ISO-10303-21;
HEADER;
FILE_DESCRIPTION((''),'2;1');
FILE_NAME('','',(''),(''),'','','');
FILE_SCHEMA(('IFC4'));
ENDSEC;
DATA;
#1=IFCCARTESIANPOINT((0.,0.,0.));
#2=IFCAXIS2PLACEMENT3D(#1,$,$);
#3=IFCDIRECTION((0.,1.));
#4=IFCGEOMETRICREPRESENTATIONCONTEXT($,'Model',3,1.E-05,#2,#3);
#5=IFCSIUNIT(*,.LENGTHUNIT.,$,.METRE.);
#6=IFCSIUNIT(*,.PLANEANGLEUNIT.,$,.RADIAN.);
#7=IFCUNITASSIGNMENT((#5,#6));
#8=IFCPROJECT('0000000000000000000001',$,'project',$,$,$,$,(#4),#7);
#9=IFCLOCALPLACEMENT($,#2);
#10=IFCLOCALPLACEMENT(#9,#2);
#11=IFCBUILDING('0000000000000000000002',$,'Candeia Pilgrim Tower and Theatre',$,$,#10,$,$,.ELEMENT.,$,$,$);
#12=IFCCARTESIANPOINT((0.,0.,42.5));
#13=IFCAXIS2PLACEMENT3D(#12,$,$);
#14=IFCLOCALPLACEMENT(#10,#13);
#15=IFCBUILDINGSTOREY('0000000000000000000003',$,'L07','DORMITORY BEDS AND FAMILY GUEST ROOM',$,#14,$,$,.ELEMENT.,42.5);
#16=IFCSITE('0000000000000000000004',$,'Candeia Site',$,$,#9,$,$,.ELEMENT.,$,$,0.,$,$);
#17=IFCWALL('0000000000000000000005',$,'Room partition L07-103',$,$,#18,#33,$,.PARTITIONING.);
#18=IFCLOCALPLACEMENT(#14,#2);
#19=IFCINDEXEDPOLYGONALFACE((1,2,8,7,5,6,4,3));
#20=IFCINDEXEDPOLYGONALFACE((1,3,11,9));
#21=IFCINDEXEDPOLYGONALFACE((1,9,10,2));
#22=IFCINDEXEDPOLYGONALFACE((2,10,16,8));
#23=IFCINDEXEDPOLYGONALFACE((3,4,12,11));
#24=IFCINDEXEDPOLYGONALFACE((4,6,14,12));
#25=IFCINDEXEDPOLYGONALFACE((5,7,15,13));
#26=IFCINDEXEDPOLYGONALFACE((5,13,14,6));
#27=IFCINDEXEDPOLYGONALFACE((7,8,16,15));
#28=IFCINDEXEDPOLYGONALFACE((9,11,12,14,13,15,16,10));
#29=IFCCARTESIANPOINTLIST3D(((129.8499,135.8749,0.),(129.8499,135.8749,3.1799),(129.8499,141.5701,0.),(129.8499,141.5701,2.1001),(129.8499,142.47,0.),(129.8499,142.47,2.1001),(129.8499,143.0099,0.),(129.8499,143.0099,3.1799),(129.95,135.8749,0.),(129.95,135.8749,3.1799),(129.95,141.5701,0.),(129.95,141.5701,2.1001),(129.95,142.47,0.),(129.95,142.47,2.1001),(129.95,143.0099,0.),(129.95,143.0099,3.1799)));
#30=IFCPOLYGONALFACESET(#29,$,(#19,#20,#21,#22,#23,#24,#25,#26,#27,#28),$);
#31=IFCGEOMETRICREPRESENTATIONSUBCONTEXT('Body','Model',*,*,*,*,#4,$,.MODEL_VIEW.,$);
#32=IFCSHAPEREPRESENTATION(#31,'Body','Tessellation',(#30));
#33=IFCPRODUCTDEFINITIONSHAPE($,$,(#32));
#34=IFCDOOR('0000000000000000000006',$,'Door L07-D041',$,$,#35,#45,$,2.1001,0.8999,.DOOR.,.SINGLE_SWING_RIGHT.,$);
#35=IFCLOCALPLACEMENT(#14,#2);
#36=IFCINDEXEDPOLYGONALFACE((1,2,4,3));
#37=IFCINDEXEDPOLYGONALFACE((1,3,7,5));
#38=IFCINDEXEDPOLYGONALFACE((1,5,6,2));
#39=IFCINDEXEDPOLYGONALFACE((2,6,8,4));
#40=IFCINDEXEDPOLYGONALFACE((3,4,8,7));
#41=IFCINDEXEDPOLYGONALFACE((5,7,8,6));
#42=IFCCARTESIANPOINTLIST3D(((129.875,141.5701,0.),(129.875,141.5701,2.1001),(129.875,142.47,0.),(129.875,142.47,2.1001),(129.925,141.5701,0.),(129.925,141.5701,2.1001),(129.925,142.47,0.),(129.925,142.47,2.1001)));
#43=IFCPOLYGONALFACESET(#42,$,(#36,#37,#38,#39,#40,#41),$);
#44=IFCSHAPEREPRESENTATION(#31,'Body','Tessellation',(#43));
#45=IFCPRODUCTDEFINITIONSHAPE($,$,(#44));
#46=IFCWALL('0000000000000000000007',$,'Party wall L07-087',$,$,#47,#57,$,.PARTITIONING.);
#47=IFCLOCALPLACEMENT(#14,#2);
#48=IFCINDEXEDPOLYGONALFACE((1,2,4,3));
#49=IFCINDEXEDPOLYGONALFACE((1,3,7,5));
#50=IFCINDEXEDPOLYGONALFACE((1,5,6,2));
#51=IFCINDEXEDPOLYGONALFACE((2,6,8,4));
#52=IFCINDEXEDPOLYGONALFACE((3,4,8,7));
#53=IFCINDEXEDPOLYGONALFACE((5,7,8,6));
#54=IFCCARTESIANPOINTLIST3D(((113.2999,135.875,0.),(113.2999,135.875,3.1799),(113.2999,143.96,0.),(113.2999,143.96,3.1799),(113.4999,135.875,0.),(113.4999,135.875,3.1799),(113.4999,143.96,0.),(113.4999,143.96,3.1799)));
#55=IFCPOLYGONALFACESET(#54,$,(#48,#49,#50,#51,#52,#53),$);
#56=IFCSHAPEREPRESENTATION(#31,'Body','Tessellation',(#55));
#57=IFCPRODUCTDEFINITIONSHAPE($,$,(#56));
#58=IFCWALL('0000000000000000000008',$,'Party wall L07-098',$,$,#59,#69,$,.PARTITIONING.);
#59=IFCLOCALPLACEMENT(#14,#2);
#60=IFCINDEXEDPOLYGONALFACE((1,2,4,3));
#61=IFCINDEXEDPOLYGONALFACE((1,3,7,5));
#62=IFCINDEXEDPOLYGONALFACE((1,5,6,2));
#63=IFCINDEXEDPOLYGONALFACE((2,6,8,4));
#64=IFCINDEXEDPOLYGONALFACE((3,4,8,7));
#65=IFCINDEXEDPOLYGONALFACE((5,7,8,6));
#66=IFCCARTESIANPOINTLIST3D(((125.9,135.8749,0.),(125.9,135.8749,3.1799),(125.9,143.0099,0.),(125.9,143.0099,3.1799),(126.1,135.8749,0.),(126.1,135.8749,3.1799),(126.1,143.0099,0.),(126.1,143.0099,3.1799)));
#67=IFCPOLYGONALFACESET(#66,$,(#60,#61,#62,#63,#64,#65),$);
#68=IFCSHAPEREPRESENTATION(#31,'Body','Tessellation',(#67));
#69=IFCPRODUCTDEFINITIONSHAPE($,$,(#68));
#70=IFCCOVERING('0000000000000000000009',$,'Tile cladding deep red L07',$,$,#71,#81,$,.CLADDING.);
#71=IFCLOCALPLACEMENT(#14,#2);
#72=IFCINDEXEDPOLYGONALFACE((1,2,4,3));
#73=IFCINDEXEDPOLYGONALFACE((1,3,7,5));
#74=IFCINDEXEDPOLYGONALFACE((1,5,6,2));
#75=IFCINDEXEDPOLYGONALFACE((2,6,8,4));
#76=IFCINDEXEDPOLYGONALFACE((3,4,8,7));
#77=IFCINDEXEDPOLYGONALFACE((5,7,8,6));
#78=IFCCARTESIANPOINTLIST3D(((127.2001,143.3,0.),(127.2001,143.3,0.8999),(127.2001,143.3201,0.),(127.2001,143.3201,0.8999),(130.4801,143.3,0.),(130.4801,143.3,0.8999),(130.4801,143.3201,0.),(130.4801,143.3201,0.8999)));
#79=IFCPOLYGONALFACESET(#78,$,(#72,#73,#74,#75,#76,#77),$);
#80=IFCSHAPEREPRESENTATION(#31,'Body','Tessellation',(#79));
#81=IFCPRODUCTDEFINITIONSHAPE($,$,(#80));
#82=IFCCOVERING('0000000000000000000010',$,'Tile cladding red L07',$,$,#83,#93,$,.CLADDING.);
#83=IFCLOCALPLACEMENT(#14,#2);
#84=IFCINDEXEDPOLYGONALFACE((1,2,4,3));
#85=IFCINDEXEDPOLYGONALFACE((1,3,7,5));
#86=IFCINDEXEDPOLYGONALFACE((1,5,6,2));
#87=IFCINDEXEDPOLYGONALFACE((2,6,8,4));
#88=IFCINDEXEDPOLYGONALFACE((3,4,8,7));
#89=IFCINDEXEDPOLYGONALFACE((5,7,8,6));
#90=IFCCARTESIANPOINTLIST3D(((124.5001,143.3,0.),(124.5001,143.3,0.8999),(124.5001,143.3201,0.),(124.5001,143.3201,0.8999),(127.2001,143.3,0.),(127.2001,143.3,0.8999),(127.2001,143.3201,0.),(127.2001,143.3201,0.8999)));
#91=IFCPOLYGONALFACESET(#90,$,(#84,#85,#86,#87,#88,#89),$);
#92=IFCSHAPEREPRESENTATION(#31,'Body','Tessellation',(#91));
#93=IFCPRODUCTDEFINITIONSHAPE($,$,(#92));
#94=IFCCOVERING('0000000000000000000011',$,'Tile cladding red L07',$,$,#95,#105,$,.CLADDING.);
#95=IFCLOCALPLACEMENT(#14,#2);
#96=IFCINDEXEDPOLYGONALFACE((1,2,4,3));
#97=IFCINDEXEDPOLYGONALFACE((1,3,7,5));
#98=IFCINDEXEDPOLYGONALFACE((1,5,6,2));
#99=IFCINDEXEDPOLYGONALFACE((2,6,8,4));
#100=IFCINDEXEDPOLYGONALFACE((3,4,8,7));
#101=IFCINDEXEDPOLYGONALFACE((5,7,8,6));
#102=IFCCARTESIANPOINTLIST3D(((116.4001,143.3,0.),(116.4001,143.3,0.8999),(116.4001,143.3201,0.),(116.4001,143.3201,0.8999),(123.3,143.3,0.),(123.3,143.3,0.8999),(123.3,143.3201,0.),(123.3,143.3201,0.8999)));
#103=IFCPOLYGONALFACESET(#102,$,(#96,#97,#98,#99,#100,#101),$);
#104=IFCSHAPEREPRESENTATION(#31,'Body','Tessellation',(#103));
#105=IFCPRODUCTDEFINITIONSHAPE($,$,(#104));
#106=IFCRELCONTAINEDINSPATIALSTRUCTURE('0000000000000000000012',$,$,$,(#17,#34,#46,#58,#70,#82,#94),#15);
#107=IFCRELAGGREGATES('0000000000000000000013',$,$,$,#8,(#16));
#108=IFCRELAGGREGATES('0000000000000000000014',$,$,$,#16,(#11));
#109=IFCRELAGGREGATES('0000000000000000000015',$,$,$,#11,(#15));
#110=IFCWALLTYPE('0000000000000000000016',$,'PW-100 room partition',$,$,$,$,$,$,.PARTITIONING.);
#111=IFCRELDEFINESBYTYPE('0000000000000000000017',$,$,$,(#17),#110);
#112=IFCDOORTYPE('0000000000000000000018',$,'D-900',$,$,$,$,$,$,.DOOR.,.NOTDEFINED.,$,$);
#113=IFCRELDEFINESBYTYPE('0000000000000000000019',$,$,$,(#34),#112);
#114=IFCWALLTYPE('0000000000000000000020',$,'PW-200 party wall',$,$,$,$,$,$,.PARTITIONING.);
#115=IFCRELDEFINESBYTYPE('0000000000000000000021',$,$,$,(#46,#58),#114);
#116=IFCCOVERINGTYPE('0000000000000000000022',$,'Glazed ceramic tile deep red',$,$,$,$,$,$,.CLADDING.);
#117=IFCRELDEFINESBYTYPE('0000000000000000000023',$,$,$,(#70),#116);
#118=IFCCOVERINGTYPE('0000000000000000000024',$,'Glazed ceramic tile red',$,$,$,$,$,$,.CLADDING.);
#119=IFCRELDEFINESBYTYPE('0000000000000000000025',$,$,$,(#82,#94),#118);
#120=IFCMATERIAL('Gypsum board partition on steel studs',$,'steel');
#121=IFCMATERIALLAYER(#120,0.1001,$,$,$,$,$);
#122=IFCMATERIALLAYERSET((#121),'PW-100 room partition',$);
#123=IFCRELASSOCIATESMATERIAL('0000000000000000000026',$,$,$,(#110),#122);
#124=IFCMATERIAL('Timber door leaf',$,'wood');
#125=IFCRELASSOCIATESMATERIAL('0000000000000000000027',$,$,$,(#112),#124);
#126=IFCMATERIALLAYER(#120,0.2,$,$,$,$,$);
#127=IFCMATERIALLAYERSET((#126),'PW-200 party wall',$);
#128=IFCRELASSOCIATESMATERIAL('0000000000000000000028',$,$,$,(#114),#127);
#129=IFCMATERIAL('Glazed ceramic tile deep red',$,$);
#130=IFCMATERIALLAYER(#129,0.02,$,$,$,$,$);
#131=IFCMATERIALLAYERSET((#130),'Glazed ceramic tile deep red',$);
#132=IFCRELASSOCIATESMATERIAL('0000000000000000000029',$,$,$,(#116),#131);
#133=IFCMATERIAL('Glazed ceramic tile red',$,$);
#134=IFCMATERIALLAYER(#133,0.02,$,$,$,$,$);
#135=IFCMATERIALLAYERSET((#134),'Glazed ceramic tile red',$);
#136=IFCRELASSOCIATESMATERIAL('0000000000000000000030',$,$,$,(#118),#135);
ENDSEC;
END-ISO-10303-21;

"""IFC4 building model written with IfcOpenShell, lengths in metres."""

from ifc_helpers import new_model, si_unit, direction, frame, frame_2d, origin, origin_2d, place, context, subcontext, project, spatial, rectangle, extrude, material, layer, layer_set, type_object, element, fill, save


model = new_model("IFC4")

# Units and contexts
model_context = context("Model", 3, precision=1e-05, world=origin(), true_north=direction((0.0, 1.0)))
body_context = subcontext(model_context, "Body", "Model", "MODEL_VIEW")
ifc_project = project(units=[si_unit("LENGTHUNIT", "METRE"), si_unit("PLANEANGLEUNIT", "RADIAN")], contexts=[model_context])

# Site, building, storey
site_placement = place(None, origin())
site = spatial("IfcSite", under=ifc_project, at=site_placement, Name="Candeia Site", CompositionType="ELEMENT", RefElevation=0.0)
building_placement = place(site_placement, origin())
building = spatial("IfcBuilding", under=site, at=building_placement, Name="Candeia Pilgrim Tower and Theatre", CompositionType="ELEMENT")
storey_placement = place(building_placement, frame((0.0, 0.0, 42.5)))
storey = spatial("IfcBuildingStorey", under=building, at=storey_placement, Name="L07", Description="DORMITORY BEDS AND FAMILY GUEST ROOM", CompositionType="ELEMENT", Elevation=42.5)

# Shared definitions
ifc_material_1 = material(Name="Gypsum board partition on steel studs", Category="steel")
ifc_layer_1 = layer(ifc_material_1, 0.1001)
ifc_layer_set_1 = layer_set([ifc_layer_1], Name="PW-100 room partition")
wall_type_1 = type_object("IfcWallType", Name="PW-100 room partition", PredefinedType="PARTITIONING", material=ifc_layer_set_1)

# Wall, opening, door
ifc_material_2 = material(Name="Timber door leaf", Category="wood")
door_type_1 = type_object("IfcDoorType", Name="D-900", OperationType="NOTDEFINED", PredefinedType="DOOR", material=ifc_material_2)
wall_1_placement = place(storey_placement, frame((129.8999, 135.875, 0.0), z_axis=(0.0, 0.0, 1.0), x_axis=(0.0, 1.0, 0.0)))
wall_1 = element("IfcWall", 1, at=wall_1_placement, inside=storey, type_object=wall_type_1, Name="Room partition L07-103", PredefinedType="PARTITIONING", context=body_context, shape_type="SweptSolid", body=[
    extrude(rectangle(XDim=7.135, YDim=0.1001, at=frame_2d((3.5674, 0.0))), origin(), (0.0, 0.0, 1.0), 3.1799),
])
opening_1_placement = place(wall_1_placement, frame((5.6951, 0.0, 0.0)))
opening_1 = element("IfcOpeningElement", 2, at=opening_1_placement, cuts=wall_1, PredefinedType="OPENING", context=body_context, shape_type="SweptSolid", body=[
    extrude(rectangle(XDim=0.8999, YDim=2.1001, at=frame_2d((0.45, 1.05))), frame((0.0, 0.0601, 0.0), z_axis=(0.0, -1.0, 0.0), x_axis=(1.0, 0.0, 0.0)), (0.0, 0.0, 1.0), 0.1201),
])
door_1_placement = place(opening_1_placement, origin())
door_1 = element("IfcDoor", 3, at=door_1_placement, inside=storey, type_object=door_type_1, Name="Door L07-D041", OperationType="SINGLE_SWING_RIGHT", OverallHeight=2.1001, OverallWidth=0.8999, PredefinedType="DOOR", context=body_context, shape_type="SweptSolid", body=[
    extrude(rectangle(XDim=0.8999, YDim=2.1001, at=frame_2d((0.45, 1.05))), frame((0.0, 0.0249, 0.0), z_axis=(0.0, -1.0, 0.0), x_axis=(1.0, 0.0, 0.0)), (0.0, 0.0, 1.0), 0.05),
])
fill(opening_1, door_1)

# Walls
ifc_layer_2 = layer(ifc_material_1, 0.2)
ifc_layer_set_2 = layer_set([ifc_layer_2], Name="PW-200 party wall")
wall_type_2 = type_object("IfcWallType", Name="PW-200 party wall", PredefinedType="PARTITIONING", material=ifc_layer_set_2)
wall_2_placement = place(storey_placement, frame((113.3999, 135.875, 0.0), z_axis=(0.0, 0.0, 1.0), x_axis=(0.0, 1.0, 0.0)))
element("IfcWall", 4, at=wall_2_placement, inside=storey, type_object=wall_type_2, Name="Party wall L07-087", PredefinedType="PARTITIONING", context=body_context, shape_type="SweptSolid", body=[
    extrude(rectangle(XDim=8.085, YDim=0.2, at=frame_2d((4.0425, 0.0))), origin(), (0.0, 0.0, 1.0), 3.1799),
])
wall_3_placement = place(storey_placement, frame((126.0, 135.875, 0.0), z_axis=(0.0, 0.0, 1.0), x_axis=(0.0, 1.0, 0.0)))
element("IfcWall", 5, at=wall_3_placement, inside=storey, type_object=wall_type_2, Name="Party wall L07-098", PredefinedType="PARTITIONING", context=body_context, shape_type="SweptSolid", body=[
    extrude(rectangle(XDim=7.135, YDim=0.2, at=frame_2d((3.5674, 0.0))), origin(), (0.0, 0.0, 1.0), 3.1799),
])

# Coverings
ifc_material_3 = material(Name="Glazed ceramic tile deep red")
ifc_layer_3 = layer(ifc_material_3, 0.02)
ifc_layer_set_3 = layer_set([ifc_layer_3], Name="Glazed ceramic tile deep red")
covering_type_1 = type_object("IfcCoveringType", Name="Glazed ceramic tile deep red", PredefinedType="CLADDING", material=ifc_layer_set_3)
covering_1_placement = place(storey_placement, frame((128.8401, 143.3101, 0.0), z_axis=(0.0, 0.0, 1.0), x_axis=(-1.0, 0.0, 0.0)))
element("IfcCovering", 6, at=covering_1_placement, inside=storey, type_object=covering_type_1, Name="Tile cladding deep red L07", PredefinedType="CLADDING", context=body_context, shape_type="SweptSolid", body=[
    extrude(rectangle(XDim=3.28, YDim=0.02, at=origin_2d()), origin(), (0.0, 0.0, 1.0), 0.8999),
])
ifc_material_4 = material(Name="Glazed ceramic tile red")
ifc_layer_4 = layer(ifc_material_4, 0.02)
ifc_layer_set_4 = layer_set([ifc_layer_4], Name="Glazed ceramic tile red")
covering_type_2 = type_object("IfcCoveringType", Name="Glazed ceramic tile red", PredefinedType="CLADDING", material=ifc_layer_set_4)
covering_2_placement = place(storey_placement, frame((125.8501, 143.3101, 0.0), z_axis=(0.0, 0.0, 1.0), x_axis=(-1.0, 0.0, 0.0)))
element("IfcCovering", 7, at=covering_2_placement, inside=storey, type_object=covering_type_2, Name="Tile cladding red L07", PredefinedType="CLADDING", context=body_context, shape_type="SweptSolid", body=[
    extrude(rectangle(XDim=2.7, YDim=0.02, at=origin_2d()), origin(), (0.0, 0.0, 1.0), 0.8999),
])
covering_3_placement = place(storey_placement, frame((119.8501, 143.3101, 0.0), z_axis=(0.0, 0.0, 1.0), x_axis=(-1.0, 0.0, 0.0)))
element("IfcCovering", 8, at=covering_3_placement, inside=storey, type_object=covering_type_2, Name="Tile cladding red L07", PredefinedType="CLADDING", context=body_context, shape_type="SweptSolid", body=[
    extrude(rectangle(XDim=6.8999, YDim=0.02, at=origin_2d()), origin(), (0.0, 0.0, 1.0), 0.8999),
])

save(model, "model.ifc")
